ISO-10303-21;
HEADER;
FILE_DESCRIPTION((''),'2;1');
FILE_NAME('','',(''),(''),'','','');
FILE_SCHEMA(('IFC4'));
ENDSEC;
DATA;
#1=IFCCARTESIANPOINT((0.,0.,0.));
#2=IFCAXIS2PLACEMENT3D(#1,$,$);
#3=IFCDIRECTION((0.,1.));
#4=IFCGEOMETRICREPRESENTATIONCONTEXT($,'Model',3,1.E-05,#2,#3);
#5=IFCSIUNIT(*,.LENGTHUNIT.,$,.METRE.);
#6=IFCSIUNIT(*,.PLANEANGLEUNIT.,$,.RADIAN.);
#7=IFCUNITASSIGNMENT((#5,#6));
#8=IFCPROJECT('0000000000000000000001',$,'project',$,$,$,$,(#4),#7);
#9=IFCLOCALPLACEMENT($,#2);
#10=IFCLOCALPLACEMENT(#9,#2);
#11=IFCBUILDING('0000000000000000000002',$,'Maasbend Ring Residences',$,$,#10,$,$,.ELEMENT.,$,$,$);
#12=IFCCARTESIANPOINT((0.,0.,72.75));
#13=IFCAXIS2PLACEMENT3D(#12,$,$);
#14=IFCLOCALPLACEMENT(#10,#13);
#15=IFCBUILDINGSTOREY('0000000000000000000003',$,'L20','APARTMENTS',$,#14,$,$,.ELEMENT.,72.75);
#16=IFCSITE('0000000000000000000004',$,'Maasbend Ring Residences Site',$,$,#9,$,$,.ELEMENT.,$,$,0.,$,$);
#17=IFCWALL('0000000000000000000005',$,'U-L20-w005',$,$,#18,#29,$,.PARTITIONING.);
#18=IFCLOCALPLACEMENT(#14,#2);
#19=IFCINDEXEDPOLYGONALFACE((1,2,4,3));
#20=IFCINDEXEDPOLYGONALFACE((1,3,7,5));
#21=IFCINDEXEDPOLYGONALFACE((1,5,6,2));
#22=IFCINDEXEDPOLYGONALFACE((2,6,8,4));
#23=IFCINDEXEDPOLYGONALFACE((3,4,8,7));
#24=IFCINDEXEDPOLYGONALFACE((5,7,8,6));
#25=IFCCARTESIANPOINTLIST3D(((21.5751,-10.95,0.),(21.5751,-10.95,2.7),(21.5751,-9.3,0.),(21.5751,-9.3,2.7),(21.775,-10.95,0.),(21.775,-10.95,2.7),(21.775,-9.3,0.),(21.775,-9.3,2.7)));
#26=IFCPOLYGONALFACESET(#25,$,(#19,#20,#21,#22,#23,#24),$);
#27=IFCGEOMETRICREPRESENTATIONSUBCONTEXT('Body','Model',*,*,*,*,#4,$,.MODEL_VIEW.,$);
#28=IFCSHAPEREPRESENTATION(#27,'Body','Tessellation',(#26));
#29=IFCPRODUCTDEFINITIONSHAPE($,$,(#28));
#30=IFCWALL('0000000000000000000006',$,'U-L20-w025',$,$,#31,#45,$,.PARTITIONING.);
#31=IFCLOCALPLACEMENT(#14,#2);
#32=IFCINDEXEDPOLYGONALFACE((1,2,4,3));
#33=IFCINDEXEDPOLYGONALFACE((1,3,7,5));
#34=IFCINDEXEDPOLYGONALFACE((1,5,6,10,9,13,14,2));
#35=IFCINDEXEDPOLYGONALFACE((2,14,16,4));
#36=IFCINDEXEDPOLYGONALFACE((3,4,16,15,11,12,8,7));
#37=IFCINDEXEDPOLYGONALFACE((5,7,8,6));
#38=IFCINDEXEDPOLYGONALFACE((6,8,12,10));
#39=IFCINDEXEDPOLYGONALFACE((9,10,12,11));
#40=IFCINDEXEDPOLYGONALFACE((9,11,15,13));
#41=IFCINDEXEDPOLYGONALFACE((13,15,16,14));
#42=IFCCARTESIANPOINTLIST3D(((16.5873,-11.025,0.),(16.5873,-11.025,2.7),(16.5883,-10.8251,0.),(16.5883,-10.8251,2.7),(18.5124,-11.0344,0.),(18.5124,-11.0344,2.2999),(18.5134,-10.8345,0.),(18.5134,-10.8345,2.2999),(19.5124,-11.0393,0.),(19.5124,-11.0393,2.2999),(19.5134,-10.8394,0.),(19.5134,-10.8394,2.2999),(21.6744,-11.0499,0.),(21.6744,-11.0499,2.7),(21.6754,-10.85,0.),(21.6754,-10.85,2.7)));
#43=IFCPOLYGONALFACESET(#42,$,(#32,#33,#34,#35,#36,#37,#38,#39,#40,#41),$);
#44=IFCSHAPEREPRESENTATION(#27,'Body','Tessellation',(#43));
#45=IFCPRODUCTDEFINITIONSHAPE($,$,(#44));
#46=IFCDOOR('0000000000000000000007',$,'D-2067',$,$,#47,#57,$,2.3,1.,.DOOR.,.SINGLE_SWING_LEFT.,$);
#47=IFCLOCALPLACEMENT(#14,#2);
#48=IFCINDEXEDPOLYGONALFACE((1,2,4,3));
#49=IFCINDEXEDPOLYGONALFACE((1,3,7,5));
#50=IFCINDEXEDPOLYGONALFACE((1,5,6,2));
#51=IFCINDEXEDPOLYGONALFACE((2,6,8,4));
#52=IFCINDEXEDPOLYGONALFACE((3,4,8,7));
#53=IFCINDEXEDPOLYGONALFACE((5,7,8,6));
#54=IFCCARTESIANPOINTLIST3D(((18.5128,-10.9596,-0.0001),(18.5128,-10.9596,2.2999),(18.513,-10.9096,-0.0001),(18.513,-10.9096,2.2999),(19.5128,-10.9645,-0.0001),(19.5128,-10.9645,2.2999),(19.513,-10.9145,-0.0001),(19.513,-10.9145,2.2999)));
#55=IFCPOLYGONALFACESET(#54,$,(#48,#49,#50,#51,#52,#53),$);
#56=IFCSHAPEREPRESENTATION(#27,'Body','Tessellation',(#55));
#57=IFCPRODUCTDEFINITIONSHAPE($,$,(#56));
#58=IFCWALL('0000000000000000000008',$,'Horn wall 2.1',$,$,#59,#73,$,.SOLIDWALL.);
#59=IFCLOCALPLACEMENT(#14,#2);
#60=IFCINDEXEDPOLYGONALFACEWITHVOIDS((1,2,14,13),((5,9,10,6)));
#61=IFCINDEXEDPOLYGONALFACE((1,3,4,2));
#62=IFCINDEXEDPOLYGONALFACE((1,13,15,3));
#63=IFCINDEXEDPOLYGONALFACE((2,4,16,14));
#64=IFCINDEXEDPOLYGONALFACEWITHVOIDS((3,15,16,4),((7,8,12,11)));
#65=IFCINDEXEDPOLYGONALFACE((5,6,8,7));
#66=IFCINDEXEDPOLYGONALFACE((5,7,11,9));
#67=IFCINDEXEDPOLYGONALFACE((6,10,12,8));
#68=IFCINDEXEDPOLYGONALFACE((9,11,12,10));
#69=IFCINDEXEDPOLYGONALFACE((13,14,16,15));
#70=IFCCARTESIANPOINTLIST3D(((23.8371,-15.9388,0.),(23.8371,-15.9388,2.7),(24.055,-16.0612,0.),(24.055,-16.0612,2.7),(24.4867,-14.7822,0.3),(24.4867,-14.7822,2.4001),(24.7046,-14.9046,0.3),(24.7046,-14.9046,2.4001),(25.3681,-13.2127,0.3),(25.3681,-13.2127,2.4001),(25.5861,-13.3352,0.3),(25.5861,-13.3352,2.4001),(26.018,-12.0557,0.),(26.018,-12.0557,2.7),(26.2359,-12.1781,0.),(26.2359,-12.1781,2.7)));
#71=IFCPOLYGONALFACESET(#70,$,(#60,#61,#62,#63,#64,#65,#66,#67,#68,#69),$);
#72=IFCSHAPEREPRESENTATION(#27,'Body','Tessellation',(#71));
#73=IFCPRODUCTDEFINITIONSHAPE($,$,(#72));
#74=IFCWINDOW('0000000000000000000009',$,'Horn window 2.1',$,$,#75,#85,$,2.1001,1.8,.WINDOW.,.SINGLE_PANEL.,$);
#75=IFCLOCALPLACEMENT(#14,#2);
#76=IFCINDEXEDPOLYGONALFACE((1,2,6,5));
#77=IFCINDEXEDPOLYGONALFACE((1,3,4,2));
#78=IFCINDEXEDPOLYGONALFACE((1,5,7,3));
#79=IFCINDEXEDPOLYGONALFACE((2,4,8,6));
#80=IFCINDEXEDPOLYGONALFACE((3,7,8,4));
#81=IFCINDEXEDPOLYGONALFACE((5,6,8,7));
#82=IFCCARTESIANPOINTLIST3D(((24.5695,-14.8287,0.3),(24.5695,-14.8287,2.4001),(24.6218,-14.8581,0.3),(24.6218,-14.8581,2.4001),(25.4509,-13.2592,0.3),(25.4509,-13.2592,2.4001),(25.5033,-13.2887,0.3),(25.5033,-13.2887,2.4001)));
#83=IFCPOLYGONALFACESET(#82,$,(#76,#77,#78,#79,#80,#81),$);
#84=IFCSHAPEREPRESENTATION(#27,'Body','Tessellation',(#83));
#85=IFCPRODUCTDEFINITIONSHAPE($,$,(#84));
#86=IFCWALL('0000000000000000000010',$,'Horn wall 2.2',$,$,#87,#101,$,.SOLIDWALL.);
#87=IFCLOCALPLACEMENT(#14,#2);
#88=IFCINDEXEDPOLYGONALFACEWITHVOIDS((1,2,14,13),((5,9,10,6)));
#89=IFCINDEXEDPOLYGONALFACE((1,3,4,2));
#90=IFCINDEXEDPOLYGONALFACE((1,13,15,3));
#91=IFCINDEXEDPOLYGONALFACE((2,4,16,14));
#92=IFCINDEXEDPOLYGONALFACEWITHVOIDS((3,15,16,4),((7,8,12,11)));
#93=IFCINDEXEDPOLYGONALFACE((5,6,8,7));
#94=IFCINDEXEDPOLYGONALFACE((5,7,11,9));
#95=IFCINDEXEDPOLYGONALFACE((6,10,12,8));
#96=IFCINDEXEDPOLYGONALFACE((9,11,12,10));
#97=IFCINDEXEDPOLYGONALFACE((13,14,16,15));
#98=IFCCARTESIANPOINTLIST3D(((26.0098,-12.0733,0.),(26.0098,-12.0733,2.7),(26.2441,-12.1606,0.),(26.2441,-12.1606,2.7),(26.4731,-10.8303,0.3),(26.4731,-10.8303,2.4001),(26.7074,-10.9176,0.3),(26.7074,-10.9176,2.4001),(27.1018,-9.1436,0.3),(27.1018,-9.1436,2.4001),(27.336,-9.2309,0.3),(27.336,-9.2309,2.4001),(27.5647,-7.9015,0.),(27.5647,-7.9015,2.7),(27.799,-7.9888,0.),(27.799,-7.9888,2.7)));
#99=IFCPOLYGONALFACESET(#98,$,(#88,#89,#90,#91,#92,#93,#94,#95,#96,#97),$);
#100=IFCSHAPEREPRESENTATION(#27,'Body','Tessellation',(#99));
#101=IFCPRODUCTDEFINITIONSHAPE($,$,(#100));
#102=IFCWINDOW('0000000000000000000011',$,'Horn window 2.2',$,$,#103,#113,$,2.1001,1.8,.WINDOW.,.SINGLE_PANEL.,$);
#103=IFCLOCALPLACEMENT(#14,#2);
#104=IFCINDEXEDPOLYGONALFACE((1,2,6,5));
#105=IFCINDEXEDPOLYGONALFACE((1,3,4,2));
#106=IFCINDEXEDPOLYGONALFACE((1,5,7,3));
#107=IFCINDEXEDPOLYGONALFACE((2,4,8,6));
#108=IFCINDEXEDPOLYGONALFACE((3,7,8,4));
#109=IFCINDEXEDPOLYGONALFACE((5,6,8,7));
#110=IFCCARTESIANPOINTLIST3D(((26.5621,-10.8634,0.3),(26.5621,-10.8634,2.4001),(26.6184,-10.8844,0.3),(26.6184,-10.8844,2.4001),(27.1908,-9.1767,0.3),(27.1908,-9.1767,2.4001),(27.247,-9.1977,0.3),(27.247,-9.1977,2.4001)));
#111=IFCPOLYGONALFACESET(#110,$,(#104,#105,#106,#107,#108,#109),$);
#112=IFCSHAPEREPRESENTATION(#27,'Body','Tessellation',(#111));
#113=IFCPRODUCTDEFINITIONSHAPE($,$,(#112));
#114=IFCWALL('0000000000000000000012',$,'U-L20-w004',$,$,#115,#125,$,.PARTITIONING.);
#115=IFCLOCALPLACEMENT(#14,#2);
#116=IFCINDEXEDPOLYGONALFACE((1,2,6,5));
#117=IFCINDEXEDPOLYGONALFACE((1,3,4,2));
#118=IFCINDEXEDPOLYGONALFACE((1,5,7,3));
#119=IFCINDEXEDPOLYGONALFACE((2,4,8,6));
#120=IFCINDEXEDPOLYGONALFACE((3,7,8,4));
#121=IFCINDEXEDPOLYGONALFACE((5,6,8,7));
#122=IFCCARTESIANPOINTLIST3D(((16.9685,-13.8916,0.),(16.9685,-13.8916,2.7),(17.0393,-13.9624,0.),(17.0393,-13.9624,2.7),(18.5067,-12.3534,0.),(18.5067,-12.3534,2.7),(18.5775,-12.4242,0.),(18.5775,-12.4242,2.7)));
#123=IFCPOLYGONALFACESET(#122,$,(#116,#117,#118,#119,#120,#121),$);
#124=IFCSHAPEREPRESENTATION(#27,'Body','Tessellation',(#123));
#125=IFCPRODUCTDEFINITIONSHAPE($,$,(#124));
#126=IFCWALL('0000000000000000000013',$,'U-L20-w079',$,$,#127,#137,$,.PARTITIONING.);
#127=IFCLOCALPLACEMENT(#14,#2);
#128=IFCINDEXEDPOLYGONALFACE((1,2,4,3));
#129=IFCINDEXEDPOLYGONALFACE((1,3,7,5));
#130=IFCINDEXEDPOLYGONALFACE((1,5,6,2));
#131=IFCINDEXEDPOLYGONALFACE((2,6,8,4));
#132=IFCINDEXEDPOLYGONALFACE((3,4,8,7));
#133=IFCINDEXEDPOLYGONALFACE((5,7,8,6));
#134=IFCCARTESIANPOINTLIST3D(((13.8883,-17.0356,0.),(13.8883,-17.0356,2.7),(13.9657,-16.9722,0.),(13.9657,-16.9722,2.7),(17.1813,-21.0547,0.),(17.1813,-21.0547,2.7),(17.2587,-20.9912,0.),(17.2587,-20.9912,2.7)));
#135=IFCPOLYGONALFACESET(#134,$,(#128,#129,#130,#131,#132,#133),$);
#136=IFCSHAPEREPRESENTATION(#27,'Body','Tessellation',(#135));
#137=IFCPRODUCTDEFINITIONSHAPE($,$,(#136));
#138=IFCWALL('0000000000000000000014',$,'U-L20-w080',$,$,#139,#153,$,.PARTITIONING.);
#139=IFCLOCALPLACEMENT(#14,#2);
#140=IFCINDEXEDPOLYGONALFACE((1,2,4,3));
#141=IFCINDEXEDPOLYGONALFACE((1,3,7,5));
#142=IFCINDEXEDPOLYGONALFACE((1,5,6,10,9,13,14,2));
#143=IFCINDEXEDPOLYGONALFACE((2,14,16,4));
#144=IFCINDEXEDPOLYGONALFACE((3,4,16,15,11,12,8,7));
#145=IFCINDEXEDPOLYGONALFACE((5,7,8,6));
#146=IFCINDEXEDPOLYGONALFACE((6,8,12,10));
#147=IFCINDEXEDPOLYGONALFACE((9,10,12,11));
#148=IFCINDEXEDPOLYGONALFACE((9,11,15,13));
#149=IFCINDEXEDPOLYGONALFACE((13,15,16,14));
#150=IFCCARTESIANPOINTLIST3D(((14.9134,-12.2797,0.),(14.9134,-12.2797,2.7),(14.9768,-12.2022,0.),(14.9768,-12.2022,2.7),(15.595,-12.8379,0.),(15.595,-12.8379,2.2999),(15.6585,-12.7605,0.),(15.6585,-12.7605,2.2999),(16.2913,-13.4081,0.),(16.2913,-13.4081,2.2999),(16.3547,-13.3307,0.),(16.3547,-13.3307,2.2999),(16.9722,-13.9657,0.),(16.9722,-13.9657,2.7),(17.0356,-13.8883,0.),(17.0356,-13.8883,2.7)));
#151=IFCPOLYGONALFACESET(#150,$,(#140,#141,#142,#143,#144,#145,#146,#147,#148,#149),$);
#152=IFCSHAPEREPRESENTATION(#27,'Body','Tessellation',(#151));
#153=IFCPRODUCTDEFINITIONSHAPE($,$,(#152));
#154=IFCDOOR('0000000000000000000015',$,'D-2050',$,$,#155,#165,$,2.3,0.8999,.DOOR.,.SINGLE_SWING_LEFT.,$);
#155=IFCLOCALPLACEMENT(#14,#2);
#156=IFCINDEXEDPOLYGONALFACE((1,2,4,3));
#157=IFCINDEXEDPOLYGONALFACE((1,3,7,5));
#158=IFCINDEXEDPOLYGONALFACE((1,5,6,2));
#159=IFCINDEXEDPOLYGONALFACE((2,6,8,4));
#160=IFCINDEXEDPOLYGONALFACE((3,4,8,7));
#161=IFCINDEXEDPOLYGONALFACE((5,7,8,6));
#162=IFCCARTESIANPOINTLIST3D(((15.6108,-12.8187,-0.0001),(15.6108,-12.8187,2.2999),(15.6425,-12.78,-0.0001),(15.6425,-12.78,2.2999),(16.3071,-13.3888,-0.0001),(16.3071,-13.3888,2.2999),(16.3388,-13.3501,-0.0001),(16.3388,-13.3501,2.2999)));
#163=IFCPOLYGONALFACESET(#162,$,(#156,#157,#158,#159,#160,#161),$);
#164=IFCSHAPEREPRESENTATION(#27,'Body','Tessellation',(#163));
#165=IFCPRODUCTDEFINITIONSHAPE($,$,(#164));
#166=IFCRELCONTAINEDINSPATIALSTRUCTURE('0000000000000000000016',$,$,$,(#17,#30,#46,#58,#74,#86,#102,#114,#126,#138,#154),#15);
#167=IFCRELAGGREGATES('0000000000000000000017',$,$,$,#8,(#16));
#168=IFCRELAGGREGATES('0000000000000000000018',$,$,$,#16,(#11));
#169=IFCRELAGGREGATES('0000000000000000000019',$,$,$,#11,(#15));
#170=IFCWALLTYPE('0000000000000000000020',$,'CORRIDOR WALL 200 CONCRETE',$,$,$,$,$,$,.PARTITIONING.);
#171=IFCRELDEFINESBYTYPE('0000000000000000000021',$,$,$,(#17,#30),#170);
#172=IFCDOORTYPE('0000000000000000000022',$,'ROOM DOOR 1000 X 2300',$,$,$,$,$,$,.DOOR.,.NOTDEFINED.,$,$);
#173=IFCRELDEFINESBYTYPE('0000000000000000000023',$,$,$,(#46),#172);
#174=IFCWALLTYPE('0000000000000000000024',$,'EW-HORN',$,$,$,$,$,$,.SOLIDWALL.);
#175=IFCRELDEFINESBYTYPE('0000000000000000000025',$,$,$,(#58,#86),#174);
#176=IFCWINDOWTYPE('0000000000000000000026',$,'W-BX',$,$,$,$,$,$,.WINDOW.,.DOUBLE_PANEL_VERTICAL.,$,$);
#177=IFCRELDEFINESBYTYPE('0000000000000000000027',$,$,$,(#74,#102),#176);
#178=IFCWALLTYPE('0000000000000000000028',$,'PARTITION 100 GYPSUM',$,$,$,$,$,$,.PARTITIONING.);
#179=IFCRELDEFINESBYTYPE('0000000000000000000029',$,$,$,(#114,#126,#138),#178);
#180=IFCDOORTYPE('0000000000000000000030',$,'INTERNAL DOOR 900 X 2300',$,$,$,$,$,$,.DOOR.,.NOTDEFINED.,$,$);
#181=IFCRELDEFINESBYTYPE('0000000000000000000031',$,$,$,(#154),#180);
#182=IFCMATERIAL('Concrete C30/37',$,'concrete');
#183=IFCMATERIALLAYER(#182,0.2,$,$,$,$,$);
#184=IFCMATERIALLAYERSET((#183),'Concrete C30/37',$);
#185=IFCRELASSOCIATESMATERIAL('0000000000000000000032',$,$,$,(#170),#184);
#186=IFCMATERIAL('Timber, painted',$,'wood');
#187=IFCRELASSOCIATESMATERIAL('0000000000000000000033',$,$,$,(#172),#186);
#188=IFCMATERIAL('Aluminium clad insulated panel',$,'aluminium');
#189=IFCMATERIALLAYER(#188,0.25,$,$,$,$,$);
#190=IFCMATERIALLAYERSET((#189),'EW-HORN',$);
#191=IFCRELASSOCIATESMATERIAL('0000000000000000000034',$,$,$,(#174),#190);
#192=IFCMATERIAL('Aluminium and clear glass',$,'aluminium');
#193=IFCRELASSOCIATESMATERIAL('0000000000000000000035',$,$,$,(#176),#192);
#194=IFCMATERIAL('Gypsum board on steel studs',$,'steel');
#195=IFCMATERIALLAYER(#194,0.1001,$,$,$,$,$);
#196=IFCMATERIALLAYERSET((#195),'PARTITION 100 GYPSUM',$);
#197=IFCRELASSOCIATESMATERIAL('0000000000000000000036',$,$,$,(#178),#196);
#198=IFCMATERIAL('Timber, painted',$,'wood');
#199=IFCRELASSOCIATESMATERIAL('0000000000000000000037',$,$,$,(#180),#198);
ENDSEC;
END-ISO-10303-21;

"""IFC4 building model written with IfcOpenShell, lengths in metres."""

from ifc_helpers import new_model, si_unit, direction, frame, frame_2d, origin, place, context, subcontext, project, spatial, rectangle, extrude, material, layer, layer_set, type_object, element, fill, save


model = new_model("IFC4")

# Units and contexts
model_context = context("Model", 3, precision=1e-05, world=origin(), true_north=direction((0.0, 1.0)))
body_context = subcontext(model_context, "Body", "Model", "MODEL_VIEW")
ifc_project = project(units=[si_unit("LENGTHUNIT", "METRE"), si_unit("PLANEANGLEUNIT", "RADIAN")], contexts=[model_context])

# Site, building, storey
site_placement = place(None, origin())
site = spatial("IfcSite", under=ifc_project, at=site_placement, Name="Maasbend Ring Residences Site", CompositionType="ELEMENT", RefElevation=0.0)
building_placement = place(site_placement, origin())
building = spatial("IfcBuilding", under=site, at=building_placement, Name="Maasbend Ring Residences", CompositionType="ELEMENT")
storey_placement = place(building_placement, frame((0.0, 0.0, 72.75)))
storey = spatial("IfcBuildingStorey", under=building, at=storey_placement, Name="L20", Description="APARTMENTS", CompositionType="ELEMENT", Elevation=72.75)

# Wall
ifc_material_1 = material(Name="Concrete C30/37", Category="concrete")
ifc_layer_1 = layer(ifc_material_1, 0.2)
ifc_layer_set_1 = layer_set([ifc_layer_1], Name="Concrete C30/37")
wall_type_1 = type_object("IfcWallType", Name="CORRIDOR WALL 200 CONCRETE", PredefinedType="PARTITIONING", material=ifc_layer_set_1)
wall_1_placement = place(storey_placement, frame((21.675, -10.95, 0.0), z_axis=(0.0, 0.0, 1.0), x_axis=(0.0, 1.0, 0.0)))
element("IfcWall", 1, at=wall_1_placement, inside=storey, type_object=wall_type_1, Name="U-L20-w005", PredefinedType="PARTITIONING", context=body_context, shape_type="SweptSolid", body=[
    extrude(rectangle(XDim=1.6499, YDim=0.2, at=frame_2d((0.825, 0.0))), origin(), (0.0, 0.0, 1.0), 2.7),
])

# Wall, opening, door
wall_2_placement = place(storey_placement, frame((16.5879, -10.925, 0.0), z_axis=(0.0, 0.0, 1.0), x_axis=(0.999988, -0.004895, 0.0)))
wall_2 = element("IfcWall", 2, at=wall_2_placement, inside=storey, type_object=wall_type_1, Name="U-L20-w025", PredefinedType="PARTITIONING", context=body_context, shape_type="SweptSolid", body=[
    extrude(rectangle(XDim=5.0872, YDim=0.2, at=frame_2d((2.5435, 0.0))), origin(), (0.0, 0.0, 1.0), 2.7),
])
opening_1_placement = place(wall_2_placement, frame((1.925, 0.0, 0.0)))
opening_1 = element("IfcOpeningElement", 3, at=opening_1_placement, cuts=wall_2, PredefinedType="OPENING", context=body_context, shape_type="SweptSolid", body=[
    extrude(rectangle(XDim=1.0, YDim=2.3, at=frame_2d((0.5, 1.1499))), frame((0.0, 0.1099, 0.0), z_axis=(0.0, -1.0, 0.0), x_axis=(1.0, 0.0, 0.0)), (0.0, 0.0, 1.0), 0.22),
])
ifc_material_2 = material(Name="Timber, painted", Category="wood")
door_type_1 = type_object("IfcDoorType", Name="ROOM DOOR 1000 X 2300", OperationType="NOTDEFINED", PredefinedType="DOOR", material=ifc_material_2)
door_1_placement = place(opening_1_placement, origin())
door_1 = element("IfcDoor", 4, at=door_1_placement, inside=storey, type_object=door_type_1, Name="D-2067", OperationType="SINGLE_SWING_LEFT", OverallHeight=2.3, OverallWidth=1.0, PredefinedType="DOOR", context=body_context, shape_type="SweptSolid", body=[
    extrude(rectangle(XDim=1.0, YDim=2.3, at=frame_2d((0.5, 1.1499))), frame((0.0, 0.0249, 0.0), z_axis=(0.0, -1.0, 0.0), x_axis=(1.0, 0.0, 0.0)), (0.0, 0.0, 1.0), 0.05),
])
fill(opening_1, door_1)

# Walls, openings, windows
ifc_material_3 = material(Name="Aluminium clad insulated panel", Category="aluminium")
ifc_layer_2 = layer(ifc_material_3, 0.25)
ifc_layer_set_2 = layer_set([ifc_layer_2], Name="EW-HORN")
wall_type_2 = type_object("IfcWallType", Name="EW-HORN", PredefinedType="SOLIDWALL", material=ifc_layer_set_2)
wall_3_placement = place(storey_placement, frame((23.946, -16.0, 0.0), z_axis=(0.0, 0.0, 1.0), x_axis=(0.489696, 0.871893, 0.0)))
wall_3 = element("IfcWall", 5, at=wall_3_placement, inside=storey, type_object=wall_type_2, Name="Horn wall 2.1", PredefinedType="SOLIDWALL", context=body_context, shape_type="SweptSolid", body=[
    extrude(rectangle(XDim=4.4536, YDim=0.25, at=frame_2d((2.2268, 0.0))), origin(), (0.0, 0.0, 1.0), 2.7),
])
opening_2_placement = place(wall_3_placement, frame((1.3267, 0.0, 0.3)))
opening_2 = element("IfcOpeningElement", 6, at=opening_2_placement, cuts=wall_3, PredefinedType="OPENING", context=body_context, shape_type="SweptSolid", body=[
    extrude(rectangle(XDim=1.8, YDim=2.1001, at=frame_2d((0.8999, 1.05))), frame((0.0, 0.135, 0.0), z_axis=(0.0, -1.0, 0.0), x_axis=(1.0, 0.0, 0.0)), (0.0, 0.0, 1.0), 0.27),
])
ifc_material_4 = material(Name="Aluminium and clear glass", Category="aluminium")
window_type = type_object("IfcWindowType", Name="W-BX", PartitioningType="DOUBLE_PANEL_VERTICAL", PredefinedType="WINDOW", material=ifc_material_4)
window_1_placement = place(opening_2_placement, origin())
window_1 = element("IfcWindow", 7, at=window_1_placement, inside=storey, type_object=window_type, Name="Horn window 2.1", OverallHeight=2.1001, OverallWidth=1.8, PartitioningType="SINGLE_PANEL", PredefinedType="WINDOW", context=body_context, shape_type="SweptSolid", body=[
    extrude(rectangle(XDim=1.8, YDim=2.1001, at=frame_2d((0.8999, 1.05))), frame((0.0, 0.03, 0.0), z_axis=(0.0, -1.0, 0.0), x_axis=(1.0, 0.0, 0.0)), (0.0, 0.0, 1.0), 0.0601),
])
fill(opening_2, window_1)
wall_4_placement = place(storey_placement, frame((26.127, -12.1169, 0.0), z_axis=(0.0, 0.0, 1.0), x_axis=(0.349248, 0.93703, 0.0)))
wall_4 = element("IfcWall", 8, at=wall_4_placement, inside=storey, type_object=wall_type_2, Name="Horn wall 2.2", PredefinedType="SOLIDWALL", context=body_context, shape_type="SweptSolid", body=[
    extrude(rectangle(XDim=4.4521, YDim=0.25, at=frame_2d((2.2261, 0.0))), origin(), (0.0, 0.0, 1.0), 2.7),
])
opening_3_placement = place(wall_4_placement, frame((1.3267, 0.0, 0.3)))
opening_3 = element("IfcOpeningElement", 9, at=opening_3_placement, cuts=wall_4, PredefinedType="OPENING", context=body_context, shape_type="SweptSolid", body=[
    extrude(rectangle(XDim=1.8, YDim=2.1001, at=frame_2d((0.8999, 1.05))), frame((0.0, 0.135, 0.0), z_axis=(0.0, -1.0, 0.0), x_axis=(1.0, 0.0, 0.0)), (0.0, 0.0, 1.0), 0.27),
])
window_2_placement = place(opening_3_placement, origin())
window_2 = element("IfcWindow", 10, at=window_2_placement, inside=storey, type_object=window_type, Name="Horn window 2.2", OverallHeight=2.1001, OverallWidth=1.8, PartitioningType="SINGLE_PANEL", PredefinedType="WINDOW", context=body_context, shape_type="SweptSolid", body=[
    extrude(rectangle(XDim=1.8, YDim=2.1001, at=frame_2d((0.8999, 1.05))), frame((0.0, 0.03, 0.0), z_axis=(0.0, -1.0, 0.0), x_axis=(1.0, 0.0, 0.0)), (0.0, 0.0, 1.0), 0.0601),
])
fill(opening_3, window_2)

# Walls
ifc_material_5 = material(Name="Gypsum board on steel studs", Category="steel")
ifc_layer_3 = layer(ifc_material_5, 0.1001)
ifc_layer_set_3 = layer_set([ifc_layer_3], Name="PARTITION 100 GYPSUM")
wall_type_3 = type_object("IfcWallType", Name="PARTITION 100 GYPSUM", PredefinedType="PARTITIONING", material=ifc_layer_set_3)
wall_5_placement = place(storey_placement, frame((17.0039, -13.927, 0.0), z_axis=(0.0, 0.0, 1.0), x_axis=(0.707107, 0.707107, 0.0)))
element("IfcWall", 11, at=wall_5_placement, inside=storey, type_object=wall_type_3, Name="U-L20-w004", PredefinedType="PARTITIONING", context=body_context, shape_type="SweptSolid", body=[
    extrude(rectangle(XDim=2.1753, YDim=0.1001, at=frame_2d((1.0876, 0.0))), origin(), (0.0, 0.0, 1.0), 2.7),
])
wall_6_placement = place(storey_placement, frame((13.927, -17.0039, 0.0), z_axis=(0.0, 0.0, 1.0), x_axis=(0.633775, -0.773517, 0.0)))
element("IfcWall", 12, at=wall_6_placement, inside=storey, type_object=wall_type_3, Name="U-L20-w079", PredefinedType="PARTITIONING", context=body_context, shape_type="SweptSolid", body=[
    extrude(rectangle(XDim=5.1958, YDim=0.1001, at=frame_2d((2.5979, 0.0))), origin(), (0.0, 0.0, 1.0), 2.7),
])

# Wall, opening, door
wall_7_placement = place(storey_placement, frame((14.9451, -12.241, 0.0), z_axis=(0.0, 0.0, 1.0), x_axis=(0.773675, -0.633582, 0.0)))
wall_7 = element("IfcWall", 13, at=wall_7_placement, inside=storey, type_object=wall_type_3, Name="U-L20-w080", PredefinedType="PARTITIONING", context=body_context, shape_type="SweptSolid", body=[
    extrude(rectangle(XDim=2.6611, YDim=0.1001, at=frame_2d((1.3306, 0.0))), origin(), (0.0, 0.0, 1.0), 2.7),
])
opening_4_placement = place(wall_7_placement, frame((0.8811, 0.0, 0.0)))
opening_4 = element("IfcOpeningElement", 14, at=opening_4_placement, cuts=wall_7, PredefinedType="OPENING", context=body_context, shape_type="SweptSolid", body=[
    extrude(rectangle(XDim=0.8999, YDim=2.3, at=frame_2d((0.45, 1.1499))), frame((0.0, 0.0601, 0.0), z_axis=(0.0, -1.0, 0.0), x_axis=(1.0, 0.0, 0.0)), (0.0, 0.0, 1.0), 0.1201),
])
ifc_material_6 = material(Name="Timber, painted", Category="wood")
door_type_2 = type_object("IfcDoorType", Name="INTERNAL DOOR 900 X 2300", OperationType="NOTDEFINED", PredefinedType="DOOR", material=ifc_material_6)
door_2_placement = place(opening_4_placement, origin())
door_2 = element("IfcDoor", 15, at=door_2_placement, inside=storey, type_object=door_type_2, Name="D-2050", OperationType="SINGLE_SWING_LEFT", OverallHeight=2.3, OverallWidth=0.8999, PredefinedType="DOOR", context=body_context, shape_type="SweptSolid", body=[
    extrude(rectangle(XDim=0.8999, YDim=2.3, at=frame_2d((0.45, 1.1499))), frame((0.0, 0.0249, 0.0), z_axis=(0.0, -1.0, 0.0), x_axis=(1.0, 0.0, 0.0)), (0.0, 0.0, 1.0), 0.05),
])
fill(opening_4, door_2)

save(model, "model.ifc")
